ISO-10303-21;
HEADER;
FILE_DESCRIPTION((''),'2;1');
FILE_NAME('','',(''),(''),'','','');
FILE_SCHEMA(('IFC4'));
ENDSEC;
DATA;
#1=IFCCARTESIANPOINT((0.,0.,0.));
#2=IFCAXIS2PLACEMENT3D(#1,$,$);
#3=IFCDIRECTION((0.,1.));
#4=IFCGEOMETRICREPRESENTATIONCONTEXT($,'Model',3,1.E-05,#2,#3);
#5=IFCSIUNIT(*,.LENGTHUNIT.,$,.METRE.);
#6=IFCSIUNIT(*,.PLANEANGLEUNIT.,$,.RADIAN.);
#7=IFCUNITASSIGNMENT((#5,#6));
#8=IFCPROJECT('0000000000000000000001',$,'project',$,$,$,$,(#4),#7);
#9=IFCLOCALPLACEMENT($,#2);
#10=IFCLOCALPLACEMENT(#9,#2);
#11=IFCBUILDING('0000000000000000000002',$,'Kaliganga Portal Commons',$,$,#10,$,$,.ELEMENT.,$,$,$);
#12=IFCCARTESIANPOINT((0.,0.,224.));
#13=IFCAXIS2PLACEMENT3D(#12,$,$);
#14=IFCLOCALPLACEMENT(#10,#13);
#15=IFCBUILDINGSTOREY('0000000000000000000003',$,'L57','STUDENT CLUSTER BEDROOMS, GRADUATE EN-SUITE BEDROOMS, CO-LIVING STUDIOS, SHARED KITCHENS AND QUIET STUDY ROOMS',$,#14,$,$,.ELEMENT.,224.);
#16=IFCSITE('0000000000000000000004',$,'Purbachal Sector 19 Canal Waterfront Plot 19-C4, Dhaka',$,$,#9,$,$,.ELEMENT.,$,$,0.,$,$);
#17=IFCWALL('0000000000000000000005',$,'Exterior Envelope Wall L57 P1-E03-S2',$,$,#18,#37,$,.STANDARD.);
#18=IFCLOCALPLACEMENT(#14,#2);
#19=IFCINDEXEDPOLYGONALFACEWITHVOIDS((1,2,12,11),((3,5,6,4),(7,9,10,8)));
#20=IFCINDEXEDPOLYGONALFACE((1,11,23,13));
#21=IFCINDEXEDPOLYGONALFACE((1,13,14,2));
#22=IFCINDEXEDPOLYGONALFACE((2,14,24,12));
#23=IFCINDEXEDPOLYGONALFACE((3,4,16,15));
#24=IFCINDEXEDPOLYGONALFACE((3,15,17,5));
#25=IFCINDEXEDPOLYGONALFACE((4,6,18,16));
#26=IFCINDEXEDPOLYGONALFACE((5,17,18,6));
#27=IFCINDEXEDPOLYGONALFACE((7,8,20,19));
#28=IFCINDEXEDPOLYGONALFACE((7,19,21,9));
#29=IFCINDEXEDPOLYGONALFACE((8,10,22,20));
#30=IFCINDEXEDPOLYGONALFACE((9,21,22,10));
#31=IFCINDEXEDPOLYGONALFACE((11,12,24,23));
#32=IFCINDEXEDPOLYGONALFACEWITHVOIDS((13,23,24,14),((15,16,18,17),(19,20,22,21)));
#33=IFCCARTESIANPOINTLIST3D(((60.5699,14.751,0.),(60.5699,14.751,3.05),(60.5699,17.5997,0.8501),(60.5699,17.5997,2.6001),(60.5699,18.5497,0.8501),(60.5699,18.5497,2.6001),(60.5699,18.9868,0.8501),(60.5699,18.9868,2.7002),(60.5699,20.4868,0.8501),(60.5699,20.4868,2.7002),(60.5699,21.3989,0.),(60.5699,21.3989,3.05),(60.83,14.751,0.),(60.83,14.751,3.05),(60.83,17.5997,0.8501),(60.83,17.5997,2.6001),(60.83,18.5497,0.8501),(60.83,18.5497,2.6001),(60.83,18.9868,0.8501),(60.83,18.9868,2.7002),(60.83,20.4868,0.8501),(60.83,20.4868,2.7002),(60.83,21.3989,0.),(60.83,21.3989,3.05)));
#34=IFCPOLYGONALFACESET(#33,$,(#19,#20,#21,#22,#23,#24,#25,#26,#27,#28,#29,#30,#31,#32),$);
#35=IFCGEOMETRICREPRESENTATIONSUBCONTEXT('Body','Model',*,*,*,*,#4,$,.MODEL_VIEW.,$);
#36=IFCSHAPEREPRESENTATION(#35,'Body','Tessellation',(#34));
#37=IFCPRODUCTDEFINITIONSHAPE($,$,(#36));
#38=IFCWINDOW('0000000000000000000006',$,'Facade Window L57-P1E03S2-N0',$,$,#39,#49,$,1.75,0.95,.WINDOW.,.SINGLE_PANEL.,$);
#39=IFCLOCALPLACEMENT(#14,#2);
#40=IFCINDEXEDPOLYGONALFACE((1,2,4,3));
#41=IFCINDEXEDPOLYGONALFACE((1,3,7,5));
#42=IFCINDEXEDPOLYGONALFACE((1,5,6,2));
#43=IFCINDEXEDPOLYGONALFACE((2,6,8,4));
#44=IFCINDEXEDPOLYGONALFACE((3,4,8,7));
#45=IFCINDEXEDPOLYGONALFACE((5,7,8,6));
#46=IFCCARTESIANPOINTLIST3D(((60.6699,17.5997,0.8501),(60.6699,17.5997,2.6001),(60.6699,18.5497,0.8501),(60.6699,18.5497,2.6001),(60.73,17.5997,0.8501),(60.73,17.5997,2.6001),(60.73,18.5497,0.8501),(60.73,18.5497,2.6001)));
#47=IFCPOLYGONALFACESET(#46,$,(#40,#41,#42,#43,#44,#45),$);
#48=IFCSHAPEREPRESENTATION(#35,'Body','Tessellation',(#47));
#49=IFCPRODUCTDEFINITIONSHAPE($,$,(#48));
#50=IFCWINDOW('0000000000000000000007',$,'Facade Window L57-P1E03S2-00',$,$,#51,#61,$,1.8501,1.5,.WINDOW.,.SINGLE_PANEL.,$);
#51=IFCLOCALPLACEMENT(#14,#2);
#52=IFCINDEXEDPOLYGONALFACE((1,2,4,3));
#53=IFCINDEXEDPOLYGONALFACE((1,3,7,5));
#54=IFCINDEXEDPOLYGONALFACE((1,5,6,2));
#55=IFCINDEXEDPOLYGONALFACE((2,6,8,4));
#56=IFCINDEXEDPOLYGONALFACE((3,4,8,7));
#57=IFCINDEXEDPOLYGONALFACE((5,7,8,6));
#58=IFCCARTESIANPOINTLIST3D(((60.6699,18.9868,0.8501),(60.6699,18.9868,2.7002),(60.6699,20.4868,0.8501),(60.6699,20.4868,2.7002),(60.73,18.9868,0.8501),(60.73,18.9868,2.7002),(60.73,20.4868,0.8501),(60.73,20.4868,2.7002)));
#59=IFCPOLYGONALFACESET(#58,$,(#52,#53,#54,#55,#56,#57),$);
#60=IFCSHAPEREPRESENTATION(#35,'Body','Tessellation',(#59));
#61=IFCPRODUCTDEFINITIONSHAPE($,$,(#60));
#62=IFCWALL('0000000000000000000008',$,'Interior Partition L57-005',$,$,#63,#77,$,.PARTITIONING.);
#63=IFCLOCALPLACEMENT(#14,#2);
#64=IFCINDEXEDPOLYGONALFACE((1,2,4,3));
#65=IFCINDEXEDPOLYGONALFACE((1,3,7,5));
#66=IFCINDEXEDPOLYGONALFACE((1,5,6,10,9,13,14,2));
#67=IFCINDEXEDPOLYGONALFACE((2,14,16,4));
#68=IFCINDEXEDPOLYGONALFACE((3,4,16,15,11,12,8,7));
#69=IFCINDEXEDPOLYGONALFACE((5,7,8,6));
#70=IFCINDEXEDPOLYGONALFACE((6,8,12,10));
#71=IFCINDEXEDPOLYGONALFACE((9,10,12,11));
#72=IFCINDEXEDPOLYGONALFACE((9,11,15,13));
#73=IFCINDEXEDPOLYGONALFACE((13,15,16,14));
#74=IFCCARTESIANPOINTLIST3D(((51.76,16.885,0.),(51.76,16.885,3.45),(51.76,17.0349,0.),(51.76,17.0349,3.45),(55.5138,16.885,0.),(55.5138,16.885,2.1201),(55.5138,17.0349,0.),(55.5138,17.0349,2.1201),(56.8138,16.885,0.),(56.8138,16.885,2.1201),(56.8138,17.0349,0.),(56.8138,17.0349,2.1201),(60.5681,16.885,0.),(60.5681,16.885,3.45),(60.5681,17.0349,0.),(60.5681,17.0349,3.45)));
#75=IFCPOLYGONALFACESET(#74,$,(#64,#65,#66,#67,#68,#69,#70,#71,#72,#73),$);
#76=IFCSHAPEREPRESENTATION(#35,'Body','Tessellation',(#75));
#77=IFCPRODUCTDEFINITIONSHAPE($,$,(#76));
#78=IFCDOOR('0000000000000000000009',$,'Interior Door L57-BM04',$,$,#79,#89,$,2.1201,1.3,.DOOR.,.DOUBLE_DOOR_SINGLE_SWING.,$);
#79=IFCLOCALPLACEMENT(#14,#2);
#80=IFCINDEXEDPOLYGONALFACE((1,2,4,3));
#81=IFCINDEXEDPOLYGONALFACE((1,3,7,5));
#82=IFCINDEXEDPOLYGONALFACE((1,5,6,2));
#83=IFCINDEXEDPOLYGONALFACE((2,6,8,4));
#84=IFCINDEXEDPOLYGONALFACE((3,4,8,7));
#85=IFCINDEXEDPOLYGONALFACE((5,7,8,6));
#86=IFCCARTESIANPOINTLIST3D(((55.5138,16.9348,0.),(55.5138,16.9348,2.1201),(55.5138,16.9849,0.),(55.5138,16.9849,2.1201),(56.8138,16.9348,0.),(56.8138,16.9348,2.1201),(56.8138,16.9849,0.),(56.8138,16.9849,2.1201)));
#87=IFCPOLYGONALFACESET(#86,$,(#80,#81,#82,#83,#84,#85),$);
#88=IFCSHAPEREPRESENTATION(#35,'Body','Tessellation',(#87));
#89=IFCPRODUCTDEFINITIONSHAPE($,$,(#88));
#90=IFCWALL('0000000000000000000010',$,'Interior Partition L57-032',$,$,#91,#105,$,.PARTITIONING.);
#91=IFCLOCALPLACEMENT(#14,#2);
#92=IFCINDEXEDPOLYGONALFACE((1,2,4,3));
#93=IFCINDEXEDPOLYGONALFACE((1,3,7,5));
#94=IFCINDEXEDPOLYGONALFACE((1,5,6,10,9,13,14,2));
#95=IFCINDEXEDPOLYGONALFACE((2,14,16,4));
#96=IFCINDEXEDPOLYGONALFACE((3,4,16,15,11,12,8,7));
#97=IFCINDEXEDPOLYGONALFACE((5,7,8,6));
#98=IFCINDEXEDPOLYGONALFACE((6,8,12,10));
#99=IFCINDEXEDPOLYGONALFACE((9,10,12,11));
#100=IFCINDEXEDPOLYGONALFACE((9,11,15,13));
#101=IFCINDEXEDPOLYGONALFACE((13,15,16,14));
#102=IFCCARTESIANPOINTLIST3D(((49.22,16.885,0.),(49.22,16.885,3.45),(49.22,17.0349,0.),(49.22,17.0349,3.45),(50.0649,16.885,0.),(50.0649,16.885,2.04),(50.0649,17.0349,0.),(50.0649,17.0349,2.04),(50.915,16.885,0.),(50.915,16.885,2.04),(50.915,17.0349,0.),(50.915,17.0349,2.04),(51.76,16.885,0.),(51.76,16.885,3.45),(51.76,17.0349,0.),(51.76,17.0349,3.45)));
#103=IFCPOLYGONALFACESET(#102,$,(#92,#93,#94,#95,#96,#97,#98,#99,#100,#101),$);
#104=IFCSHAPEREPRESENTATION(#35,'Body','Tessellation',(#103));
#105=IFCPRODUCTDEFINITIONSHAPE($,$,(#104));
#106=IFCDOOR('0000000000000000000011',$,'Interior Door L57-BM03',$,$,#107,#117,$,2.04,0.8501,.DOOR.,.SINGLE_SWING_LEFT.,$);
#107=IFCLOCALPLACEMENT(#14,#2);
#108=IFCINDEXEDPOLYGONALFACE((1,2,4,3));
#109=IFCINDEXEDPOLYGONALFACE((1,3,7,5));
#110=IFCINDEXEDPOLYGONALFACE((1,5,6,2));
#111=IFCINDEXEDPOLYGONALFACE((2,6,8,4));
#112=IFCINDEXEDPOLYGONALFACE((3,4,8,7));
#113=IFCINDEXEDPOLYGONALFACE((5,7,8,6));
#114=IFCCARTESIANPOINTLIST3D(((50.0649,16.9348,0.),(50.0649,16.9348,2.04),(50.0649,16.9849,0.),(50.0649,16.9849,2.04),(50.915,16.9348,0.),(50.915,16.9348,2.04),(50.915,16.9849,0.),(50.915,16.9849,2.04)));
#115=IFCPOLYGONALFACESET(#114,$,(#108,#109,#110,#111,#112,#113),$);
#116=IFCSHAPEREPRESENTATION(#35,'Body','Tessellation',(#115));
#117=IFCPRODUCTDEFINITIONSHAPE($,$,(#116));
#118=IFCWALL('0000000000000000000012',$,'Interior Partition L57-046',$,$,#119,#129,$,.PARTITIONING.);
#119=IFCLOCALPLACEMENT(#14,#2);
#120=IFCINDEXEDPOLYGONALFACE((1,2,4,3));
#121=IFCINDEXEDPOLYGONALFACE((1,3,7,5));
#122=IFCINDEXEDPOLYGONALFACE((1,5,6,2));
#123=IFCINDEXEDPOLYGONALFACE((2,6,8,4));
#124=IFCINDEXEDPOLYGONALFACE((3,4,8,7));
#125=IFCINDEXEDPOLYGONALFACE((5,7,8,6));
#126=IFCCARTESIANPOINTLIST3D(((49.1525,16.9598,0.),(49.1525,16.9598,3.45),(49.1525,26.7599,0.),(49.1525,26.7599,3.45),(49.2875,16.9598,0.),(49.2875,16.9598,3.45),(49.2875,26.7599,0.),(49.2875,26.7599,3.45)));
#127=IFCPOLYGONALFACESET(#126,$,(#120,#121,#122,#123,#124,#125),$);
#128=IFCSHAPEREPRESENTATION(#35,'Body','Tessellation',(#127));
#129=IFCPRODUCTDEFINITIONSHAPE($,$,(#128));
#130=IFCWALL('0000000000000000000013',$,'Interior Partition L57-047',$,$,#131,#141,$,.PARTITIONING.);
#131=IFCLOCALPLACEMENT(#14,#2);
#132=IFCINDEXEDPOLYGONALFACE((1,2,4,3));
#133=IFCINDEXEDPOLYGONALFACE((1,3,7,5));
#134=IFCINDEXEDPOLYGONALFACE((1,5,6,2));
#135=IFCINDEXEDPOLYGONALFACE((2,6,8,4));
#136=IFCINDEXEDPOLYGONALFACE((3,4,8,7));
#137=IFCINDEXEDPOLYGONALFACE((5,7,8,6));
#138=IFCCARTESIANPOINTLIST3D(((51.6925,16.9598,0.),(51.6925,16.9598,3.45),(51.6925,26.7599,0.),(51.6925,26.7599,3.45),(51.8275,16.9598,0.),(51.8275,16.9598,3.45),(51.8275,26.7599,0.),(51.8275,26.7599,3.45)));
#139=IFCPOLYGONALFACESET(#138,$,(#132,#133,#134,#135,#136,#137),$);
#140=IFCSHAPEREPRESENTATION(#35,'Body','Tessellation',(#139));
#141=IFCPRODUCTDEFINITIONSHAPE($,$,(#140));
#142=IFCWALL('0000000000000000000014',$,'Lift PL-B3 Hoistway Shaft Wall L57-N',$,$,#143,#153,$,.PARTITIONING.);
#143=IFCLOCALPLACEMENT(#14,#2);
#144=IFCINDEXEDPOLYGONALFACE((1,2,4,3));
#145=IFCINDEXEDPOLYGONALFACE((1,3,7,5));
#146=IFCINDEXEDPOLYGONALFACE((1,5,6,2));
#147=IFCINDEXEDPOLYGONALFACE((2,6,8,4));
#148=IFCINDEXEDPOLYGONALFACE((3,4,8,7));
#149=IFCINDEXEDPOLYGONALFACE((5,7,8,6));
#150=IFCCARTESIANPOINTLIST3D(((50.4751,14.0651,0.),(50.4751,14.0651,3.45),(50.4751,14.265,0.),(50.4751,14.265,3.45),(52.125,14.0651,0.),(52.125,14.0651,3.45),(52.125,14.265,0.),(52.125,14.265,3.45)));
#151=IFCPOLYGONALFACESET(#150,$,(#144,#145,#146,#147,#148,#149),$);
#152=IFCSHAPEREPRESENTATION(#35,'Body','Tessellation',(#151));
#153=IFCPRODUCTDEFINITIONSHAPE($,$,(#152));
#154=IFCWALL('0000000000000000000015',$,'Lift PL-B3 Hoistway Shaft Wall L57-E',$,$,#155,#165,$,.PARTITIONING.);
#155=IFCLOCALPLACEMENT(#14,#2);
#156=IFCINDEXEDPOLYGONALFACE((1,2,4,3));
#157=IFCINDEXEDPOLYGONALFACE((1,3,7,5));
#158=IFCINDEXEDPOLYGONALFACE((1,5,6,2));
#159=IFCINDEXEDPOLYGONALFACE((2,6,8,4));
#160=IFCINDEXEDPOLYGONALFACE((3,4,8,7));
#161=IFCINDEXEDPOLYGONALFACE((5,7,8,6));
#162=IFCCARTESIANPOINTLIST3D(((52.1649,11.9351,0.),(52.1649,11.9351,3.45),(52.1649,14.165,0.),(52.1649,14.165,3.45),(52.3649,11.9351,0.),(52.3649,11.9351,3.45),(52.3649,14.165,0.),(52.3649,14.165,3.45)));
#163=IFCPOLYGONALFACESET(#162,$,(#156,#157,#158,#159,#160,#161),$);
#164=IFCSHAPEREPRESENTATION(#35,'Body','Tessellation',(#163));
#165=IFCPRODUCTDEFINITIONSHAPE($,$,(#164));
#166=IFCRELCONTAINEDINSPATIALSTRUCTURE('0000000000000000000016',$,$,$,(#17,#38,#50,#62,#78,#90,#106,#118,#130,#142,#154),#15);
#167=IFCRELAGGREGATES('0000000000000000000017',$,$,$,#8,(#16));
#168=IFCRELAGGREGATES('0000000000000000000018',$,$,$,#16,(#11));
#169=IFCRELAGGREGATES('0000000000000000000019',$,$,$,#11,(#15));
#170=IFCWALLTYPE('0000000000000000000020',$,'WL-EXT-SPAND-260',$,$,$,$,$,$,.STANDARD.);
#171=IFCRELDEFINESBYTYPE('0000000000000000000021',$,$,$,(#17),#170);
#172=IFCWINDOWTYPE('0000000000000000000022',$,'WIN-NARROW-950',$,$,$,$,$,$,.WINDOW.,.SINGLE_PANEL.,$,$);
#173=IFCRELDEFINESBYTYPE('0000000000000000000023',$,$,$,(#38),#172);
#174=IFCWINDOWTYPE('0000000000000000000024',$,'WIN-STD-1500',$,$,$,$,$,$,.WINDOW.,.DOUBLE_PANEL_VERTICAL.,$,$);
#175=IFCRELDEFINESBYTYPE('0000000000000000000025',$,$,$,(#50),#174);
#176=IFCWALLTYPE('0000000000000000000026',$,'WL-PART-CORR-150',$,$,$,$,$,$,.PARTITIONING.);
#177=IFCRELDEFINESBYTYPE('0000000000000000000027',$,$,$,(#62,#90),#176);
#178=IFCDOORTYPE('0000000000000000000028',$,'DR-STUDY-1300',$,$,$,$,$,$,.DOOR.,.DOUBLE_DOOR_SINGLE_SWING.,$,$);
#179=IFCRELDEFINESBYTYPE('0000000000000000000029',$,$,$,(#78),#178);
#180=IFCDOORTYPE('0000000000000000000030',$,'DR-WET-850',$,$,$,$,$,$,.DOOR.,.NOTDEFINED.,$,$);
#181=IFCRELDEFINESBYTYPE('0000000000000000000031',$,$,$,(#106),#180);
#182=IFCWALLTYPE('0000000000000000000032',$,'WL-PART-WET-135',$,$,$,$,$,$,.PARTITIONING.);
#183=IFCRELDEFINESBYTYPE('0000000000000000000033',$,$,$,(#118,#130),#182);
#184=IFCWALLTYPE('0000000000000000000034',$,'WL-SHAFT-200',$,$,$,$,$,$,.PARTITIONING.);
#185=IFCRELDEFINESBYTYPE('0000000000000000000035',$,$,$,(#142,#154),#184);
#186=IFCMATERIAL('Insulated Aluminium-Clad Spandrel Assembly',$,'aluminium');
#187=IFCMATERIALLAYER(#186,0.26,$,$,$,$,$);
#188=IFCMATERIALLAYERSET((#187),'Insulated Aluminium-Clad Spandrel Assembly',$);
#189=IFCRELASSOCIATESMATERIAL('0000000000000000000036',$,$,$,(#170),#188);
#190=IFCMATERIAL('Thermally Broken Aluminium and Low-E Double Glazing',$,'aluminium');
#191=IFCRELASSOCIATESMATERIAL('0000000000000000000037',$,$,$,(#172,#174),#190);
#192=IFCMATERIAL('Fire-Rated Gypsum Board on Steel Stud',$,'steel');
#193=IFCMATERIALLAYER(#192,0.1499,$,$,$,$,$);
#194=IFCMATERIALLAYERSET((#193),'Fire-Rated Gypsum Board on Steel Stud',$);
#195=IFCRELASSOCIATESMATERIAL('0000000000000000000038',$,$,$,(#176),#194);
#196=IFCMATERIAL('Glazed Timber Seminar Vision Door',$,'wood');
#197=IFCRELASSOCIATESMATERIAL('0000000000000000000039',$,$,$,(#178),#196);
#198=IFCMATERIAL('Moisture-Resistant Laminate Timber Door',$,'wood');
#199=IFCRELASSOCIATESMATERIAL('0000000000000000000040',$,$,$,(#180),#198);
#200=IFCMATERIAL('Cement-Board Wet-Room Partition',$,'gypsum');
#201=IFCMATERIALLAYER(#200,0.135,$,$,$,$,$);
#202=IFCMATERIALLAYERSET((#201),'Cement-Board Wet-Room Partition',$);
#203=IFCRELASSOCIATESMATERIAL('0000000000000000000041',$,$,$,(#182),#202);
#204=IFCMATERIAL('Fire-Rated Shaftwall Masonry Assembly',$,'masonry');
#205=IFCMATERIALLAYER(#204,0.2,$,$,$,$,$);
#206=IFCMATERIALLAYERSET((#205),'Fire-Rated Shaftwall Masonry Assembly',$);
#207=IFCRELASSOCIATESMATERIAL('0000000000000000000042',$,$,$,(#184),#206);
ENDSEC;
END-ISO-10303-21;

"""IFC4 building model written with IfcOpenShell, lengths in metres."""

from ifc_helpers import new_model, si_unit, direction, frame, frame_2d, origin, place, context, subcontext, project, spatial, rectangle, extrude, material, layer, layer_set, type_object, element, fill, save


model = new_model("IFC4")

# Units and contexts
model_context = context("Model", 3, precision=1e-05, world=origin(), true_north=direction((0.0, 1.0)))
body_context = subcontext(model_context, "Body", "Model", "MODEL_VIEW")
ifc_project = project(units=[si_unit("LENGTHUNIT", "METRE"), si_unit("PLANEANGLEUNIT", "RADIAN")], contexts=[model_context])

# Site, building, storey
site_placement = place(None, origin())
site = spatial("IfcSite", under=ifc_project, at=site_placement, Name="Purbachal Sector 19 Canal Waterfront Plot 19-C4, Dhaka", CompositionType="ELEMENT", RefElevation=0.0)
building_placement = place(site_placement, origin())
building = spatial("IfcBuilding", under=site, at=building_placement, Name="Kaliganga Portal Commons", CompositionType="ELEMENT")
storey_placement = place(building_placement, frame((0.0, 0.0, 224.0)))
storey = spatial("IfcBuildingStorey", under=building, at=storey_placement, Name="L57", Description="STUDENT CLUSTER BEDROOMS, GRADUATE EN-SUITE BEDROOMS, CO-LIVING STUDIOS, SHARED KITCHENS AND QUIET STUDY ROOMS", CompositionType="ELEMENT", Elevation=224.0)

# Shared definitions
ifc_material_1 = material(Name="Insulated Aluminium-Clad Spandrel Assembly", Category="aluminium")
ifc_layer_1 = layer(ifc_material_1, 0.26)
ifc_layer_set_1 = layer_set([ifc_layer_1], Name="Insulated Aluminium-Clad Spandrel Assembly")
wall_type_1 = type_object("IfcWallType", Name="WL-EXT-SPAND-260", PredefinedType="STANDARD", material=ifc_layer_set_1)

# Wall, openings, windows
wall_1_placement = place(storey_placement, frame((60.7, 21.3989, 0.0), z_axis=(0.0, 0.0, 1.0), x_axis=(0.0, -1.0, 0.0)))
wall_1 = element("IfcWall", 1, at=wall_1_placement, inside=storey, type_object=wall_type_1, Name="Exterior Envelope Wall L57 P1-E03-S2", PredefinedType="STANDARD", context=body_context, shape_type="SweptSolid", body=[
    extrude(rectangle(XDim=6.6479, YDim=0.26, at=frame_2d((3.324, 0.0))), origin(), (0.0, 0.0, 1.0), 3.05),
])
opening_1_placement = place(wall_1_placement, frame((0.9121, 0.0, 0.8501)))
opening_1 = element("IfcOpeningElement", 2, at=opening_1_placement, cuts=wall_1, PredefinedType="OPENING", context=body_context, shape_type="SweptSolid", body=[
    extrude(rectangle(XDim=1.5, YDim=1.8501, at=frame_2d((0.75, 0.925))), frame((0.0, 0.1401, 0.0), z_axis=(0.0, -1.0, 0.0), x_axis=(1.0, 0.0, 0.0)), (0.0, 0.0, 1.0), 0.28),
])
opening_2_placement = place(wall_1_placement, frame((2.8491, 0.0, 0.8501)))
opening_2 = element("IfcOpeningElement", 3, at=opening_2_placement, cuts=wall_1, PredefinedType="OPENING", context=body_context, shape_type="SweptSolid", body=[
    extrude(rectangle(XDim=0.95, YDim=1.75, at=frame_2d((0.4751, 0.875))), frame((0.0, 0.1401, 0.0), z_axis=(0.0, -1.0, 0.0), x_axis=(1.0, 0.0, 0.0)), (0.0, 0.0, 1.0), 0.28),
])
ifc_material_2 = material(Name="Thermally Broken Aluminium and Low-E Double Glazing", Category="aluminium")
window_type_1 = type_object("IfcWindowType", Name="WIN-NARROW-950", PartitioningType="SINGLE_PANEL", PredefinedType="WINDOW", material=ifc_material_2)
window_1_placement = place(opening_2_placement, origin())
window_1 = element("IfcWindow", 4, at=window_1_placement, inside=storey, type_object=window_type_1, Name="Facade Window L57-P1E03S2-N0", OverallHeight=1.75, OverallWidth=0.95, PartitioningType="SINGLE_PANEL", PredefinedType="WINDOW", context=body_context, shape_type="SweptSolid", body=[
    extrude(rectangle(XDim=0.95, YDim=1.75, at=frame_2d((0.4751, 0.875))), frame((0.0, 0.03, 0.0), z_axis=(0.0, -1.0, 0.0), x_axis=(1.0, 0.0, 0.0)), (0.0, 0.0, 1.0), 0.0601),
])
fill(opening_2, window_1)
window_type_2 = type_object("IfcWindowType", Name="WIN-STD-1500", PartitioningType="DOUBLE_PANEL_VERTICAL", PredefinedType="WINDOW", material=ifc_material_2)
window_2_placement = place(opening_1_placement, origin())
window_2 = element("IfcWindow", 5, at=window_2_placement, inside=storey, type_object=window_type_2, Name="Facade Window L57-P1E03S2-00", OverallHeight=1.8501, OverallWidth=1.5, PartitioningType="SINGLE_PANEL", PredefinedType="WINDOW", context=body_context, shape_type="SweptSolid", body=[
    extrude(rectangle(XDim=1.5, YDim=1.8501, at=frame_2d((0.75, 0.925))), frame((0.0, 0.03, 0.0), z_axis=(0.0, -1.0, 0.0), x_axis=(1.0, 0.0, 0.0)), (0.0, 0.0, 1.0), 0.0601),
])
fill(opening_1, window_2)

# Walls, openings, doors
ifc_material_3 = material(Name="Fire-Rated Gypsum Board on Steel Stud", Category="steel")
ifc_layer_2 = layer(ifc_material_3, 0.1499)
ifc_layer_set_2 = layer_set([ifc_layer_2], Name="Fire-Rated Gypsum Board on Steel Stud")
wall_type_2 = type_object("IfcWallType", Name="WL-PART-CORR-150", PredefinedType="PARTITIONING", material=ifc_layer_set_2)
wall_2_placement = place(storey_placement, frame((51.76, 16.96, 0.0), z_axis=(0.0, 0.0, 1.0), x_axis=(1.0, 0.0, 0.0)))
wall_2 = element("IfcWall", 6, at=wall_2_placement, inside=storey, type_object=wall_type_2, Name="Interior Partition L57-005", PredefinedType="PARTITIONING", context=body_context, shape_type="SweptSolid", body=[
    extrude(rectangle(XDim=8.8081, YDim=0.1499, at=frame_2d((4.4041, 0.0))), origin(), (0.0, 0.0, 1.0), 3.45),
])
opening_3_placement = place(wall_2_placement, frame((3.7539, 0.0, 0.0)))
opening_3 = element("IfcOpeningElement", 7, at=opening_3_placement, cuts=wall_2, PredefinedType="OPENING", context=body_context, shape_type="SweptSolid", body=[
    extrude(rectangle(XDim=1.3, YDim=2.1201, at=frame_2d((0.6499, 1.0601))), frame((0.0, 0.085, 0.0), z_axis=(0.0, -1.0, 0.0), x_axis=(1.0, 0.0, 0.0)), (0.0, 0.0, 1.0), 0.1699),
])
ifc_material_4 = material(Name="Glazed Timber Seminar Vision Door", Category="wood")
door_type_1 = type_object("IfcDoorType", Name="DR-STUDY-1300", OperationType="DOUBLE_DOOR_SINGLE_SWING", PredefinedType="DOOR", material=ifc_material_4)
door_1_placement = place(opening_3_placement, origin())
door_1 = element("IfcDoor", 8, at=door_1_placement, inside=storey, type_object=door_type_1, Name="Interior Door L57-BM04", OperationType="DOUBLE_DOOR_SINGLE_SWING", OverallHeight=2.1201, OverallWidth=1.3, PredefinedType="DOOR", context=body_context, shape_type="SweptSolid", body=[
    extrude(rectangle(XDim=1.3, YDim=2.1201, at=frame_2d((0.6499, 1.0601))), frame((0.0, 0.0249, 0.0), z_axis=(0.0, -1.0, 0.0), x_axis=(1.0, 0.0, 0.0)), (0.0, 0.0, 1.0), 0.05),
])
fill(opening_3, door_1)
wall_3_placement = place(storey_placement, frame((49.22, 16.96, 0.0), z_axis=(0.0, 0.0, 1.0), x_axis=(1.0, 0.0, 0.0)))
wall_3 = element("IfcWall", 9, at=wall_3_placement, inside=storey, type_object=wall_type_2, Name="Interior Partition L57-032", PredefinedType="PARTITIONING", context=body_context, shape_type="SweptSolid", body=[
    extrude(rectangle(XDim=2.54, YDim=0.1499, at=frame_2d((1.27, 0.0))), origin(), (0.0, 0.0, 1.0), 3.45),
])
opening_4_placement = place(wall_3_placement, frame((0.845, 0.0, 0.0)))
opening_4 = element("IfcOpeningElement", 10, at=opening_4_placement, cuts=wall_3, PredefinedType="OPENING", context=body_context, shape_type="SweptSolid", body=[
    extrude(rectangle(XDim=0.8501, YDim=2.04, at=frame_2d((0.425, 1.02))), frame((0.0, 0.085, 0.0), z_axis=(0.0, -1.0, 0.0), x_axis=(1.0, 0.0, 0.0)), (0.0, 0.0, 1.0), 0.1699),
])
ifc_material_5 = material(Name="Moisture-Resistant Laminate Timber Door", Category="wood")
door_type_2 = type_object("IfcDoorType", Name="DR-WET-850", OperationType="NOTDEFINED", PredefinedType="DOOR", material=ifc_material_5)
door_2_placement = place(opening_4_placement, origin())
door_2 = element("IfcDoor", 11, at=door_2_placement, inside=storey, type_object=door_type_2, Name="Interior Door L57-BM03", OperationType="SINGLE_SWING_LEFT", OverallHeight=2.04, OverallWidth=0.8501, PredefinedType="DOOR", context=body_context, shape_type="SweptSolid", body=[
    extrude(rectangle(XDim=0.8501, YDim=2.04, at=frame_2d((0.425, 1.02))), frame((0.0, 0.0249, 0.0), z_axis=(0.0, -1.0, 0.0), x_axis=(1.0, 0.0, 0.0)), (0.0, 0.0, 1.0), 0.05),
])
fill(opening_4, door_2)

# Walls
ifc_material_6 = material(Name="Cement-Board Wet-Room Partition", Category="gypsum")
ifc_layer_3 = layer(ifc_material_6, 0.135)
ifc_layer_set_3 = layer_set([ifc_layer_3], Name="Cement-Board Wet-Room Partition")
wall_type_3 = type_object("IfcWallType", Name="WL-PART-WET-135", PredefinedType="PARTITIONING", material=ifc_layer_set_3)
for number, where, z_axis, x_axis, name in (
    (12, (49.22, 16.96, 0.0), (0.0, 0.0, 1.0), (0.0, 1.0, 0.0), "Interior Partition L57-046"),
    (13, (51.76, 16.96, 0.0), (0.0, 0.0, 1.0), (0.0, 1.0, 0.0), "Interior Partition L57-047"),
):
    element("IfcWall", number, at=place(storey_placement, frame(where, z_axis=z_axis, x_axis=x_axis)), inside=storey, type_object=wall_type_3, Name=name, PredefinedType="PARTITIONING", context=body_context, shape_type="SweptSolid", body=[
        extrude(rectangle(XDim=9.8, YDim=0.135, at=frame_2d((4.8999, 0.0))), origin(), (0.0, 0.0, 1.0), 3.45),
    ])
ifc_material_7 = material(Name="Fire-Rated Shaftwall Masonry Assembly", Category="masonry")
ifc_layer_4 = layer(ifc_material_7, 0.2)
ifc_layer_set_4 = layer_set([ifc_layer_4], Name="Fire-Rated Shaftwall Masonry Assembly")
wall_type_4 = type_object("IfcWallType", Name="WL-SHAFT-200", PredefinedType="PARTITIONING", material=ifc_layer_set_4)
wall_4_placement = place(storey_placement, frame((50.4751, 14.165, 0.0), z_axis=(0.0, 0.0, 1.0), x_axis=(1.0, 0.0, 0.0)))
element("IfcWall", 14, at=wall_4_placement, inside=storey, type_object=wall_type_4, Name="Lift PL-B3 Hoistway Shaft Wall L57-N", PredefinedType="PARTITIONING", context=body_context, shape_type="SweptSolid", body=[
    extrude(rectangle(XDim=1.6499, YDim=0.2, at=frame_2d((0.825, 0.0))), origin(), (0.0, 0.0, 1.0), 3.45),
])
wall_5_placement = place(storey_placement, frame((52.2649, 11.9351, 0.0), z_axis=(0.0, 0.0, 1.0), x_axis=(0.0, 1.0, 0.0)))
element("IfcWall", 15, at=wall_5_placement, inside=storey, type_object=wall_type_4, Name="Lift PL-B3 Hoistway Shaft Wall L57-E", PredefinedType="PARTITIONING", context=body_context, shape_type="SweptSolid", body=[
    extrude(rectangle(XDim=2.23, YDim=0.2, at=frame_2d((1.115, 0.0))), origin(), (0.0, 0.0, 1.0), 3.45),
])

save(model, "model.ifc")
